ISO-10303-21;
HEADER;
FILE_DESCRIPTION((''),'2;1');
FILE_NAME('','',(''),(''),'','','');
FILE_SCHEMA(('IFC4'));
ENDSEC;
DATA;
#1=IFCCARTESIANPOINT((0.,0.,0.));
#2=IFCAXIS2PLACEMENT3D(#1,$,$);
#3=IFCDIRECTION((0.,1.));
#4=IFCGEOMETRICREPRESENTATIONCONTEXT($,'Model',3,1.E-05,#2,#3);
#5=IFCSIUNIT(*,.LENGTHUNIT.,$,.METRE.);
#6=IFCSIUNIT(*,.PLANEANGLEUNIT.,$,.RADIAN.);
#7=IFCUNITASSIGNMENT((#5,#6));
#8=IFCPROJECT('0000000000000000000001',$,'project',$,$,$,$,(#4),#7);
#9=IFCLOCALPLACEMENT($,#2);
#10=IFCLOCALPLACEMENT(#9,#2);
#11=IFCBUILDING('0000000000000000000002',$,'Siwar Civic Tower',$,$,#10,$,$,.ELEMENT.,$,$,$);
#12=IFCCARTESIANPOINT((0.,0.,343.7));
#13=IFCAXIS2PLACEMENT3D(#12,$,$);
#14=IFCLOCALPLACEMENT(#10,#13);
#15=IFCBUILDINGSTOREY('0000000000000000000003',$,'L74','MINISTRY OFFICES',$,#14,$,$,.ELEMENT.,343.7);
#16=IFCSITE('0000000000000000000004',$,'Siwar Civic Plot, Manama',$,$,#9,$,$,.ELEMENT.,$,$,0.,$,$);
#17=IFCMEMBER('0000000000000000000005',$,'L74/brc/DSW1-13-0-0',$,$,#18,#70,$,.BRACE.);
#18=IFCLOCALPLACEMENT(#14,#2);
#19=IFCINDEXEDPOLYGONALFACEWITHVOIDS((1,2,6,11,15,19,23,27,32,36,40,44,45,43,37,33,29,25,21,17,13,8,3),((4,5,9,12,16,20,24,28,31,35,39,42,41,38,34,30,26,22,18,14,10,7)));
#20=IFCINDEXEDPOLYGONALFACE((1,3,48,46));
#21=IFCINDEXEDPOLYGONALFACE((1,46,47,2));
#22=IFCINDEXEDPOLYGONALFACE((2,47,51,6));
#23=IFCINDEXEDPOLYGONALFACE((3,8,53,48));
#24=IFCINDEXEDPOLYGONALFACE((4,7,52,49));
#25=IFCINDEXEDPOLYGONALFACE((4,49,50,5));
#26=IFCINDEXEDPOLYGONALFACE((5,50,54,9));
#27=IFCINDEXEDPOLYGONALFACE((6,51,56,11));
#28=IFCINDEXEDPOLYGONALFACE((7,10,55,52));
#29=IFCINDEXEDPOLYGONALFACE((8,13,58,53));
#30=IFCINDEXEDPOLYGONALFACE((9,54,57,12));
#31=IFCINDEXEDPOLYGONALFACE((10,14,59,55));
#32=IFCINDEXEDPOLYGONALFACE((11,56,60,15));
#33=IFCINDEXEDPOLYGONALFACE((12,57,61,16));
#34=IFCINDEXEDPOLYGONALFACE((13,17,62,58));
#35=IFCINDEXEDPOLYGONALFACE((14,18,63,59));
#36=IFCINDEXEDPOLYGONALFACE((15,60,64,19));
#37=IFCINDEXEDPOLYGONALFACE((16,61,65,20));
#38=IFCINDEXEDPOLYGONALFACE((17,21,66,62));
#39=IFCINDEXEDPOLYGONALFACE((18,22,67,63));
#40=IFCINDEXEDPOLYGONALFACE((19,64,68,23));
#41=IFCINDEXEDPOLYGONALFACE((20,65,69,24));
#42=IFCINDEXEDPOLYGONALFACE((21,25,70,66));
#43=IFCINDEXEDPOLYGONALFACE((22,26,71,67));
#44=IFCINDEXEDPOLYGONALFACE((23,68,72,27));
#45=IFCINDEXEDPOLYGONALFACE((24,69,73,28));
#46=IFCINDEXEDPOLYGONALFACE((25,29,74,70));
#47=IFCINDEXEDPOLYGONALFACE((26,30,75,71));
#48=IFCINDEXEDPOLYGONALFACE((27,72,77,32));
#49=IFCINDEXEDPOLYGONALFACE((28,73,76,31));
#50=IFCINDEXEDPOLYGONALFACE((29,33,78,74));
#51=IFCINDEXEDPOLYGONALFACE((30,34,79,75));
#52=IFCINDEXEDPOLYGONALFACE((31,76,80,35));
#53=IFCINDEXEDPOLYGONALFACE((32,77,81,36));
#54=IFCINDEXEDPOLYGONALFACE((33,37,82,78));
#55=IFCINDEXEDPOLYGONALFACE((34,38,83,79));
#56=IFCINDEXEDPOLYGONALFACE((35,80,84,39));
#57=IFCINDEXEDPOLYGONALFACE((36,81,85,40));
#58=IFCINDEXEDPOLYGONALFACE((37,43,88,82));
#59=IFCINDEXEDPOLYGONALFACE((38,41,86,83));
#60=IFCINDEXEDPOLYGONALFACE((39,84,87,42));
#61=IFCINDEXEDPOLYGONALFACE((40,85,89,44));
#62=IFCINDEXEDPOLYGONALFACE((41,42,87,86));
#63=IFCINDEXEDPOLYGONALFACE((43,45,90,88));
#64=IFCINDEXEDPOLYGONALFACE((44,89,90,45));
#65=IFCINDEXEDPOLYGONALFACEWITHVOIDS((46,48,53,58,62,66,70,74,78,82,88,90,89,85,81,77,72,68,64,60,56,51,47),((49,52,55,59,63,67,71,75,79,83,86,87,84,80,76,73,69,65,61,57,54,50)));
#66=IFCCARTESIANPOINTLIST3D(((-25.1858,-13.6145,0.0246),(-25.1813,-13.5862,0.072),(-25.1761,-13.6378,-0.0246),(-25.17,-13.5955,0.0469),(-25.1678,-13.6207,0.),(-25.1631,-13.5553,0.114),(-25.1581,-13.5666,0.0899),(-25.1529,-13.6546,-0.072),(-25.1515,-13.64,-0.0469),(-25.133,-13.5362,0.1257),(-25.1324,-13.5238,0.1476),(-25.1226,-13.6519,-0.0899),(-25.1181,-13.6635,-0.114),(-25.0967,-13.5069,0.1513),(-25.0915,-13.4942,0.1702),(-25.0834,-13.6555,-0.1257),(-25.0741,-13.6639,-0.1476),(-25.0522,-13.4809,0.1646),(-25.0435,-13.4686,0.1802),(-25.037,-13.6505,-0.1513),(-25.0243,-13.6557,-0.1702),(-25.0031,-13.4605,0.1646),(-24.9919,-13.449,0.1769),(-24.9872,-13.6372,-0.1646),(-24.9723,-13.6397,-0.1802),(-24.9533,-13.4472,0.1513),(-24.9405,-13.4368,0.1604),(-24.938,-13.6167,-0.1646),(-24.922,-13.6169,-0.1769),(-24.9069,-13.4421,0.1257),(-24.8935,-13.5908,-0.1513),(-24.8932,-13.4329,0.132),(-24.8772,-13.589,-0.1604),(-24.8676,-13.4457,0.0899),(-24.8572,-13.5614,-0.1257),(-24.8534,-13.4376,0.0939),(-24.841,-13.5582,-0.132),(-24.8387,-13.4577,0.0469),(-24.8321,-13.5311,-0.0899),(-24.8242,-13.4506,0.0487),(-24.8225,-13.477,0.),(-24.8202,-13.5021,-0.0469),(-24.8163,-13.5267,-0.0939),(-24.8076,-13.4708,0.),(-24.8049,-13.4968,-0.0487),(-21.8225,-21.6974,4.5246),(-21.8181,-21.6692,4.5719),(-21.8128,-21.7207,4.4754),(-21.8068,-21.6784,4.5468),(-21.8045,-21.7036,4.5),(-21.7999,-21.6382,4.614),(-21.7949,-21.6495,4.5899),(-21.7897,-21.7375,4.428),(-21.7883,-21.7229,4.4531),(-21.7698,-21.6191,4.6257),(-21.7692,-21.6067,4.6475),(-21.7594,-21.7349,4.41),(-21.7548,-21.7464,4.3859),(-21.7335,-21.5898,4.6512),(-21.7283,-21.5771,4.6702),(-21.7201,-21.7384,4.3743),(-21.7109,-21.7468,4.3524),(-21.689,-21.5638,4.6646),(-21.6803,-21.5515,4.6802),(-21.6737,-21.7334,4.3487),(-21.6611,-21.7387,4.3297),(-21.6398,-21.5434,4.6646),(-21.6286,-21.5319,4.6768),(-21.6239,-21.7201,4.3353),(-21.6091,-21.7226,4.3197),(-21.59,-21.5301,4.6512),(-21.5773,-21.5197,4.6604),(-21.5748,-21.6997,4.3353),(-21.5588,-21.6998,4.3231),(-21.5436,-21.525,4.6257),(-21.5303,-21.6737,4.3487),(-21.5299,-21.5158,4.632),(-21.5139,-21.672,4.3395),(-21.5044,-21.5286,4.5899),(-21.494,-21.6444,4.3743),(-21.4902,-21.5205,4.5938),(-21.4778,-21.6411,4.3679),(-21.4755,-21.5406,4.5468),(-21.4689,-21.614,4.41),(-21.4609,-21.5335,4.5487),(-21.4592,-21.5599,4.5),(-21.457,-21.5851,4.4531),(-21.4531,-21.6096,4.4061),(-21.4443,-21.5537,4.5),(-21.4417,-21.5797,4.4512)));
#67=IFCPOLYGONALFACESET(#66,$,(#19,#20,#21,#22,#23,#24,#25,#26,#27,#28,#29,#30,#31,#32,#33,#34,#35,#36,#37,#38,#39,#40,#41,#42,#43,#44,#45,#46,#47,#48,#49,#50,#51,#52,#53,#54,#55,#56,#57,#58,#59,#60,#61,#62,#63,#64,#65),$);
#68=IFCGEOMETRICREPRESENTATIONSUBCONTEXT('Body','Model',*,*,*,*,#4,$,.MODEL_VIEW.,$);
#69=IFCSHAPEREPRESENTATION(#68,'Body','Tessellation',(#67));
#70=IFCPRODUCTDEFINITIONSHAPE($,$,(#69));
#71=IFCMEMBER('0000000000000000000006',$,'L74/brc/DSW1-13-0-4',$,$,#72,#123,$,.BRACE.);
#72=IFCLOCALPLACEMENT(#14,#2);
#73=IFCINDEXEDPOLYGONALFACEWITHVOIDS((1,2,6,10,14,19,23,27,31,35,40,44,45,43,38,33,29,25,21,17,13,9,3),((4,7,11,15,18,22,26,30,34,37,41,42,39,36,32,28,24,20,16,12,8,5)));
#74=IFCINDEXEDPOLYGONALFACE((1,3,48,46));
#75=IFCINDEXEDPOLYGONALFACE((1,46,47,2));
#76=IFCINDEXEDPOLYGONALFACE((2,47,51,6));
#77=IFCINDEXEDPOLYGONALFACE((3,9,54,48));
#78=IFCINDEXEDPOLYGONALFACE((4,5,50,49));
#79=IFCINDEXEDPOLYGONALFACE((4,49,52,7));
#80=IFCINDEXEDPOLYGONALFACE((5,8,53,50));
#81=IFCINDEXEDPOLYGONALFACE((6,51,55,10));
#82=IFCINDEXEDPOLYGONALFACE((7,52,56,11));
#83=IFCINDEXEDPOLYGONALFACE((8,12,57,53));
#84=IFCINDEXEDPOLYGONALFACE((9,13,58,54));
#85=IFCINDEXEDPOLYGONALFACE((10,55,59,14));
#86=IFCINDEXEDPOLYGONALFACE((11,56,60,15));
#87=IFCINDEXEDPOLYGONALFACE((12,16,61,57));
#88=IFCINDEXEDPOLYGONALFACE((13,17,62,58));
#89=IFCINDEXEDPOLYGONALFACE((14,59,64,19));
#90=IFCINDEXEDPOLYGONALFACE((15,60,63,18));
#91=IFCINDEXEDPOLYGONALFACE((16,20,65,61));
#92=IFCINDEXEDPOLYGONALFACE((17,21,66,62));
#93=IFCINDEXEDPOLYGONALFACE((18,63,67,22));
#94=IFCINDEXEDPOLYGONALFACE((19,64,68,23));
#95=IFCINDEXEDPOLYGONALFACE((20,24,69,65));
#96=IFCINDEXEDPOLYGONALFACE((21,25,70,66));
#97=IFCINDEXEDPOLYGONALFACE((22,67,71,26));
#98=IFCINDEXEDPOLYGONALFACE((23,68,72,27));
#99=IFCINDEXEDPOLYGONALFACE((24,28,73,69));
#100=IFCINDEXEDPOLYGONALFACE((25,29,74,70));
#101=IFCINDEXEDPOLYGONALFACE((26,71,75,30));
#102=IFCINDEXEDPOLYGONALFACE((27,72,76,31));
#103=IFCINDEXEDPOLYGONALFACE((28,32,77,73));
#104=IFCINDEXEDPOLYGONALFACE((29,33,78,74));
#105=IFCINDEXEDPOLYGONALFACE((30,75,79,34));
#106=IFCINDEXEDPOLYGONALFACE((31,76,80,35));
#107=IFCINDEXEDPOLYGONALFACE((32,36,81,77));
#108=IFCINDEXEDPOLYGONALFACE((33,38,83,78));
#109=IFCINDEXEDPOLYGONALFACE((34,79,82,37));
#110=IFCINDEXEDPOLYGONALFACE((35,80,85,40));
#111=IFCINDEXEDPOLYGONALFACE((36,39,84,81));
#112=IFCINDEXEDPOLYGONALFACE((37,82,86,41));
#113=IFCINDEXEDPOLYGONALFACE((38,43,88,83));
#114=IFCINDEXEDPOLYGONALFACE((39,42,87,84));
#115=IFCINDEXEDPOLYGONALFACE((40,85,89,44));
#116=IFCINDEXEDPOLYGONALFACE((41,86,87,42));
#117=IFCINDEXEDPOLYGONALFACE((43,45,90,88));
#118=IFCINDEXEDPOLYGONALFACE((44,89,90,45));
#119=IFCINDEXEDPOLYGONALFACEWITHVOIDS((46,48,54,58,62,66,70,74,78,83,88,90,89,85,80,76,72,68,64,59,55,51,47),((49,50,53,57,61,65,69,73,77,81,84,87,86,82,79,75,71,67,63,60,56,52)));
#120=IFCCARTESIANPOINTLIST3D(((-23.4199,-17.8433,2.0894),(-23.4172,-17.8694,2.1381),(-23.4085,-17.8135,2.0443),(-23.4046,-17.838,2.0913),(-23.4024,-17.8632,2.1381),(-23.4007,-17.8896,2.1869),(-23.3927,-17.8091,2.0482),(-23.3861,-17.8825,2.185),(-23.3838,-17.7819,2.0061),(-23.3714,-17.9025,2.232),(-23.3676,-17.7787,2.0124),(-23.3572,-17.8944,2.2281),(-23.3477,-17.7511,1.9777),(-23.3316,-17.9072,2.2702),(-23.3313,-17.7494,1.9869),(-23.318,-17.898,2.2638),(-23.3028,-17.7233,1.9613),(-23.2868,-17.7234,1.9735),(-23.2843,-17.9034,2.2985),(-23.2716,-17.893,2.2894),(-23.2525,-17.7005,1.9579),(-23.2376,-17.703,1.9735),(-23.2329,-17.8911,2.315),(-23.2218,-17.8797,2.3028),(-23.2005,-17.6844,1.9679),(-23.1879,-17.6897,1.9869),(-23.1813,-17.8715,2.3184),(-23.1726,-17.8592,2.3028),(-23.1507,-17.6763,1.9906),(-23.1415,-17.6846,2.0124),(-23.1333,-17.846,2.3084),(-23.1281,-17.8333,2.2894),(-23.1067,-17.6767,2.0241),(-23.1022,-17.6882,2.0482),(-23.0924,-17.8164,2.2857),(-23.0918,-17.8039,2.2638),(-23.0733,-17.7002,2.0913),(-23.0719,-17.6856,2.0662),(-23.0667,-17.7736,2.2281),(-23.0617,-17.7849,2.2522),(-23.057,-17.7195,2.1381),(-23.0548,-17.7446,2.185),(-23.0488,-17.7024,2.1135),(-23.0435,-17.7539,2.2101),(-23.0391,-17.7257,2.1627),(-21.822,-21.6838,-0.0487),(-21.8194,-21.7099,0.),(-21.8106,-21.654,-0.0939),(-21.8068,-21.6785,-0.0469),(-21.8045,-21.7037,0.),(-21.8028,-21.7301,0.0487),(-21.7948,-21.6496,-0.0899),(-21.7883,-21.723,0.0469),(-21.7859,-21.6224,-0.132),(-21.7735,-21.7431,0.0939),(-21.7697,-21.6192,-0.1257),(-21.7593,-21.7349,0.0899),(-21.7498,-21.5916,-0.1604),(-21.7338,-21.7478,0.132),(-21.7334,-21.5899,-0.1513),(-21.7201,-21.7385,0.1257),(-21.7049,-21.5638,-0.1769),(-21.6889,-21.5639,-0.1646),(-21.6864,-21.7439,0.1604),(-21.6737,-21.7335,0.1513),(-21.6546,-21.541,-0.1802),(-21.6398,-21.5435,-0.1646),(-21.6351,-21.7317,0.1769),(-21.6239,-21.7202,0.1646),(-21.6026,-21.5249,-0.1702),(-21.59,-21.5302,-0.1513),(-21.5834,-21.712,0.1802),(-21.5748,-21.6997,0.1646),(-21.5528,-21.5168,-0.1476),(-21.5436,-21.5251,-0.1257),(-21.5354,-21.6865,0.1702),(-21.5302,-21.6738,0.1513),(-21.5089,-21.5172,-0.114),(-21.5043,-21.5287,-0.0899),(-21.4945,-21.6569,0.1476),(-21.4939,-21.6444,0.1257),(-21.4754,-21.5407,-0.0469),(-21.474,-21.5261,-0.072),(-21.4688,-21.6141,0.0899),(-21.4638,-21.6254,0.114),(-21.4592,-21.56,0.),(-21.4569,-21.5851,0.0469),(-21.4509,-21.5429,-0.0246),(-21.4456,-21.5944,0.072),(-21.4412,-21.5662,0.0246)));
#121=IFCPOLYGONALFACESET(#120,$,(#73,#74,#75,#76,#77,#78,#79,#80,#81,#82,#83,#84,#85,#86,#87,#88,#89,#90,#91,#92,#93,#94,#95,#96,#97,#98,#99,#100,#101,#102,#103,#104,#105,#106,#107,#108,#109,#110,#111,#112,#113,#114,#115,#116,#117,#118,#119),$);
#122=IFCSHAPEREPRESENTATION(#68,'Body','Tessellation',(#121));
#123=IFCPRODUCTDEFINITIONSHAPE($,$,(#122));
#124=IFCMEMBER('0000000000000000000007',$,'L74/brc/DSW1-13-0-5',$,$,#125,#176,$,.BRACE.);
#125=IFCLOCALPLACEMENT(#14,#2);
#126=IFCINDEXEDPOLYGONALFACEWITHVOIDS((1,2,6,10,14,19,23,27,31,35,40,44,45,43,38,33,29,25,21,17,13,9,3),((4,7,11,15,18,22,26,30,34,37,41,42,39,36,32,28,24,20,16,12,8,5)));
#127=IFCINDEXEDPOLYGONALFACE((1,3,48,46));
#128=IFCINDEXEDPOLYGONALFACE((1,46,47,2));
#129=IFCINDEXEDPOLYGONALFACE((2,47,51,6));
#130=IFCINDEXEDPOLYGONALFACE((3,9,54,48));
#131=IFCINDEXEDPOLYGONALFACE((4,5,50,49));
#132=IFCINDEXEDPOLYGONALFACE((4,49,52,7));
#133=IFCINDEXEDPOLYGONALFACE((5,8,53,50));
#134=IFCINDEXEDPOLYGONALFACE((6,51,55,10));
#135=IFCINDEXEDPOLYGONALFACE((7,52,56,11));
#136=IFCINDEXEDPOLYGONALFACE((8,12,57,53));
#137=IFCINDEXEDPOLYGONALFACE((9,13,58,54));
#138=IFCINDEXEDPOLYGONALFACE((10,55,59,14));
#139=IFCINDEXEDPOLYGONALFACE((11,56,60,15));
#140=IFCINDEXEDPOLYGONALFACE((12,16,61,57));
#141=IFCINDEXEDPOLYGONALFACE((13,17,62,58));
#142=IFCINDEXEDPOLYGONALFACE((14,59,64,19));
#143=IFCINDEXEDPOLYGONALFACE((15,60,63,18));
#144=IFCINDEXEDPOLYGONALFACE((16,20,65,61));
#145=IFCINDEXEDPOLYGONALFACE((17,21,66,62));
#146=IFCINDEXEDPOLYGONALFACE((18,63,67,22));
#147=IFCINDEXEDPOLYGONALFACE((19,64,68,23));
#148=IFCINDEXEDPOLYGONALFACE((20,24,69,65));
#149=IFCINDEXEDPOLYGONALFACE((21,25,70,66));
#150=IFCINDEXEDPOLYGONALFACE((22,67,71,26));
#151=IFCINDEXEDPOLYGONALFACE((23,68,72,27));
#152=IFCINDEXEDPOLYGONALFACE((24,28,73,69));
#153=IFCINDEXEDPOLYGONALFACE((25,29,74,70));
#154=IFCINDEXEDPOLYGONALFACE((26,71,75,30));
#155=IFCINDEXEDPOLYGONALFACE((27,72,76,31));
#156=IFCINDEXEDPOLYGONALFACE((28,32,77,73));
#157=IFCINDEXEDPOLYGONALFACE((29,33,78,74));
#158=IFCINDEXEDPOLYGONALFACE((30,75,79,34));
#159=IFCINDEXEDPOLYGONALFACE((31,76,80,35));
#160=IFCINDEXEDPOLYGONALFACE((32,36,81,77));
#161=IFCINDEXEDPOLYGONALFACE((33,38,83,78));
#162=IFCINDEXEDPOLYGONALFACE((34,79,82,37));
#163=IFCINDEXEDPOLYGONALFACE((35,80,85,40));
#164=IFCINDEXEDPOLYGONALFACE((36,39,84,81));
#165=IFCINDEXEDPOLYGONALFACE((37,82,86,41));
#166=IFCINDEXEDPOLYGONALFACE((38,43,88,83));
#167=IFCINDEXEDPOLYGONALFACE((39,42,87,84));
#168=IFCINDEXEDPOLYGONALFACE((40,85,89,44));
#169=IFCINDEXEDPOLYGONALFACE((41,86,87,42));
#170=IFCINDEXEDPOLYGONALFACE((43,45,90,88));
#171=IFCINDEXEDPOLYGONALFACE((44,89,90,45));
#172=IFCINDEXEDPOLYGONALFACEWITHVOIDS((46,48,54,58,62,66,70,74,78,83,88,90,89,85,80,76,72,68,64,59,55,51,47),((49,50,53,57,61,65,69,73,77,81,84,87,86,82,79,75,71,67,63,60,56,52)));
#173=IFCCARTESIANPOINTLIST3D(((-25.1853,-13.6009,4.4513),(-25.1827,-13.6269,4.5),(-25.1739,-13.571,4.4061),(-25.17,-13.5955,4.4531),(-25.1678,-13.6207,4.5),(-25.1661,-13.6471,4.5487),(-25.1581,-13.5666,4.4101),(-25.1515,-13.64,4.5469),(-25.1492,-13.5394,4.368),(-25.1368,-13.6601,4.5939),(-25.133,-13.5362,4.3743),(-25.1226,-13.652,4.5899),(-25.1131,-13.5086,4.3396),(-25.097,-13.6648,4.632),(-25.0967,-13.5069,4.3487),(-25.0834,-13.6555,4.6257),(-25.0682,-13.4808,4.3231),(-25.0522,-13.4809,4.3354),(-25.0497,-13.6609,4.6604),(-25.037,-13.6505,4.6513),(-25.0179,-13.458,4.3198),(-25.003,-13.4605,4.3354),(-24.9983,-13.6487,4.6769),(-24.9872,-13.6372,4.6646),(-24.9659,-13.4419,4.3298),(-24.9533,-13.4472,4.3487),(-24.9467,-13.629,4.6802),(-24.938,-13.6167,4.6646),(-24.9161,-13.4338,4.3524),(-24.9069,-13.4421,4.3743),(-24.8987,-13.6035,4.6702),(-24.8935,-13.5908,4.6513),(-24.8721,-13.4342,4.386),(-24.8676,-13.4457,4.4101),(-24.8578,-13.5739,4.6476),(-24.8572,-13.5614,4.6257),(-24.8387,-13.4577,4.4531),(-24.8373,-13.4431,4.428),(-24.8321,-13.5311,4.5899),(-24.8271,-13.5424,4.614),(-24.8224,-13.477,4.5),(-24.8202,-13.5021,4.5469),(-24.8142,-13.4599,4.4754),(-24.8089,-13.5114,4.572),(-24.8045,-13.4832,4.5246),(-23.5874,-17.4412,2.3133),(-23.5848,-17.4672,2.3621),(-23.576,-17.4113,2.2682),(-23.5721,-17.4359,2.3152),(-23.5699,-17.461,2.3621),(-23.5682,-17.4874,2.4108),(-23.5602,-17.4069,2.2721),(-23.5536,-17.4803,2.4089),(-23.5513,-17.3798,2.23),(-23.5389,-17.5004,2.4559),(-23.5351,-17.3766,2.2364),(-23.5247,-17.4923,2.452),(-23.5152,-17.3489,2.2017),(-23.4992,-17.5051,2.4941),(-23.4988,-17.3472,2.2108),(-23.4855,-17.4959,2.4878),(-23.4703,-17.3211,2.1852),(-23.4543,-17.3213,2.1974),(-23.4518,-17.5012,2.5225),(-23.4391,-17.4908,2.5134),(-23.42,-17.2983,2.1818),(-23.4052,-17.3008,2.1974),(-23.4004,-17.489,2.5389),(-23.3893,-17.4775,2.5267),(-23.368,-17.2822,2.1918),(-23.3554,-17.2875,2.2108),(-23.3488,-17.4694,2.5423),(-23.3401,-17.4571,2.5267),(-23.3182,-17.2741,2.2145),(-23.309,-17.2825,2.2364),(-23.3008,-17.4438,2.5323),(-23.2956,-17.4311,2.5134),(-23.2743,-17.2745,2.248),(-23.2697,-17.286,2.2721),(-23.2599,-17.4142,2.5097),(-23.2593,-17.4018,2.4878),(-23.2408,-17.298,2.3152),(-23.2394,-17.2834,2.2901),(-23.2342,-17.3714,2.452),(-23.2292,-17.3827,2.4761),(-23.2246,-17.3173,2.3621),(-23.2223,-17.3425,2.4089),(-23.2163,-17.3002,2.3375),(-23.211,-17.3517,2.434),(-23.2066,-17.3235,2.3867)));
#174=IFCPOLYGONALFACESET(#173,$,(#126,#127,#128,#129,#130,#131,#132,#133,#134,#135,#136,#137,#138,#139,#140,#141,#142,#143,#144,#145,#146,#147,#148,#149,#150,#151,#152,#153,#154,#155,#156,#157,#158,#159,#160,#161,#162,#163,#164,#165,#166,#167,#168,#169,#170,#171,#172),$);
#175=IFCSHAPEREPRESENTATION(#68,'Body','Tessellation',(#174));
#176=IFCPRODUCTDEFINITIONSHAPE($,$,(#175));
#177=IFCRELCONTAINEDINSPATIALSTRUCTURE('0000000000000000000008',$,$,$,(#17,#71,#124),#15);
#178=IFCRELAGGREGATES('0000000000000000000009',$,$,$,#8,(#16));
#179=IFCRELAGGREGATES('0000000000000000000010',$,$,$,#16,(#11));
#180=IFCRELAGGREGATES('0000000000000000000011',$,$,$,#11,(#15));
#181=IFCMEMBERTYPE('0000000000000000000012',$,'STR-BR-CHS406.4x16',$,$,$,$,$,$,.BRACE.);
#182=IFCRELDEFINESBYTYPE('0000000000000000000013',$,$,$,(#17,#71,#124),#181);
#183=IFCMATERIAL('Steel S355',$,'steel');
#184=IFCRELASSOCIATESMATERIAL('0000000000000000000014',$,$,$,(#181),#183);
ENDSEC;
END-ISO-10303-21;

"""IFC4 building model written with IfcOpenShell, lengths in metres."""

from ifc_helpers import new_model, si_unit, direction, frame, origin, origin_2d, place, context, subcontext, project, spatial, hollow_circle, extrude, material, material_profile, profile_set, type_object, element, save


model = new_model("IFC4")

# Units and contexts
model_context = context("Model", 3, precision=1e-05, world=origin(), true_north=direction((0.0, 1.0)))
body_context = subcontext(model_context, "Body", "Model", "MODEL_VIEW")
ifc_project = project(units=[si_unit("LENGTHUNIT", "METRE"), si_unit("PLANEANGLEUNIT", "RADIAN")], contexts=[model_context])

# Site, building, storey
site_placement = place(None, origin())
site = spatial("IfcSite", under=ifc_project, at=site_placement, Name="Siwar Civic Plot, Manama", CompositionType="ELEMENT", RefElevation=0.0)
building_placement = place(site_placement, origin())
building = spatial("IfcBuilding", under=site, at=building_placement, Name="Siwar Civic Tower", CompositionType="ELEMENT")
storey_placement = place(building_placement, frame((0.0, 0.0, 343.7)))
storey = spatial("IfcBuildingStorey", under=building, at=storey_placement, Name="L74", Description="MINISTRY OFFICES", CompositionType="ELEMENT", Elevation=343.7)

# Members
ifc_material_1 = material(Name="Steel S355", Category="steel")
ifc_material_profile_1 = material_profile(ifc_material_1, hollow_circle(Radius=0.2031, WallThickness=0.0161, at=origin_2d()), Name="CHS406.4x16")
ifc_profile_set_1 = profile_set([ifc_material_profile_1], Name="Steel S355")
member_type_1 = type_object("IfcMemberType", Name="STR-BR-CHS406.4x16", PredefinedType="BRACE", material=ifc_profile_set_1)
member_1_placement = place(storey_placement, frame((-24.9951, -13.5488, 0.0), z_axis=(0.341671, -0.821143, 0.457149), x_axis=(0.923265, 0.384164, 0.0)))
element("IfcMember", 1, at=member_1_placement, inside=storey, type_object=member_type_1, Name="L74/brc/DSW1-13-0-0", PredefinedType="BRACE", context=body_context, shape_type="SweptSolid", body=[
    extrude(hollow_circle(Radius=0.2031, WallThickness=0.0161, at=origin_2d()), origin(), (0.0, 0.0, 1.0), 9.8435),
])
member_2_placement = place(storey_placement, frame((-21.6318, -21.6318, 0.0), z_axis=(-0.341644, 0.821147, 0.457161), x_axis=(-0.923276, -0.384136, 0.0)))
element("IfcMember", 2, at=member_2_placement, inside=storey, type_object=member_type_1, Name="L74/brc/DSW1-13-0-4", PredefinedType="BRACE", context=body_context, shape_type="SweptSolid", body=[
    extrude(hollow_circle(Radius=0.2031, WallThickness=0.0161, at=origin_2d()), origin(), (0.0, 0.0, 1.0), 4.677),
])
member_3_placement = place(storey_placement, frame((-23.3972, -17.3892, 2.3621), z_axis=(-0.341667, 0.82115, 0.45714), x_axis=(-0.923268, -0.384157, 0.0)))
element("IfcMember", 3, at=member_3_placement, inside=storey, type_object=member_type_1, Name="L74/brc/DSW1-13-0-5", PredefinedType="BRACE", context=body_context, shape_type="SweptSolid", body=[
    extrude(hollow_circle(Radius=0.2031, WallThickness=0.0161, at=origin_2d()), origin(), (0.0, 0.0, 1.0), 4.6768),
])

save(model, "model.ifc")
